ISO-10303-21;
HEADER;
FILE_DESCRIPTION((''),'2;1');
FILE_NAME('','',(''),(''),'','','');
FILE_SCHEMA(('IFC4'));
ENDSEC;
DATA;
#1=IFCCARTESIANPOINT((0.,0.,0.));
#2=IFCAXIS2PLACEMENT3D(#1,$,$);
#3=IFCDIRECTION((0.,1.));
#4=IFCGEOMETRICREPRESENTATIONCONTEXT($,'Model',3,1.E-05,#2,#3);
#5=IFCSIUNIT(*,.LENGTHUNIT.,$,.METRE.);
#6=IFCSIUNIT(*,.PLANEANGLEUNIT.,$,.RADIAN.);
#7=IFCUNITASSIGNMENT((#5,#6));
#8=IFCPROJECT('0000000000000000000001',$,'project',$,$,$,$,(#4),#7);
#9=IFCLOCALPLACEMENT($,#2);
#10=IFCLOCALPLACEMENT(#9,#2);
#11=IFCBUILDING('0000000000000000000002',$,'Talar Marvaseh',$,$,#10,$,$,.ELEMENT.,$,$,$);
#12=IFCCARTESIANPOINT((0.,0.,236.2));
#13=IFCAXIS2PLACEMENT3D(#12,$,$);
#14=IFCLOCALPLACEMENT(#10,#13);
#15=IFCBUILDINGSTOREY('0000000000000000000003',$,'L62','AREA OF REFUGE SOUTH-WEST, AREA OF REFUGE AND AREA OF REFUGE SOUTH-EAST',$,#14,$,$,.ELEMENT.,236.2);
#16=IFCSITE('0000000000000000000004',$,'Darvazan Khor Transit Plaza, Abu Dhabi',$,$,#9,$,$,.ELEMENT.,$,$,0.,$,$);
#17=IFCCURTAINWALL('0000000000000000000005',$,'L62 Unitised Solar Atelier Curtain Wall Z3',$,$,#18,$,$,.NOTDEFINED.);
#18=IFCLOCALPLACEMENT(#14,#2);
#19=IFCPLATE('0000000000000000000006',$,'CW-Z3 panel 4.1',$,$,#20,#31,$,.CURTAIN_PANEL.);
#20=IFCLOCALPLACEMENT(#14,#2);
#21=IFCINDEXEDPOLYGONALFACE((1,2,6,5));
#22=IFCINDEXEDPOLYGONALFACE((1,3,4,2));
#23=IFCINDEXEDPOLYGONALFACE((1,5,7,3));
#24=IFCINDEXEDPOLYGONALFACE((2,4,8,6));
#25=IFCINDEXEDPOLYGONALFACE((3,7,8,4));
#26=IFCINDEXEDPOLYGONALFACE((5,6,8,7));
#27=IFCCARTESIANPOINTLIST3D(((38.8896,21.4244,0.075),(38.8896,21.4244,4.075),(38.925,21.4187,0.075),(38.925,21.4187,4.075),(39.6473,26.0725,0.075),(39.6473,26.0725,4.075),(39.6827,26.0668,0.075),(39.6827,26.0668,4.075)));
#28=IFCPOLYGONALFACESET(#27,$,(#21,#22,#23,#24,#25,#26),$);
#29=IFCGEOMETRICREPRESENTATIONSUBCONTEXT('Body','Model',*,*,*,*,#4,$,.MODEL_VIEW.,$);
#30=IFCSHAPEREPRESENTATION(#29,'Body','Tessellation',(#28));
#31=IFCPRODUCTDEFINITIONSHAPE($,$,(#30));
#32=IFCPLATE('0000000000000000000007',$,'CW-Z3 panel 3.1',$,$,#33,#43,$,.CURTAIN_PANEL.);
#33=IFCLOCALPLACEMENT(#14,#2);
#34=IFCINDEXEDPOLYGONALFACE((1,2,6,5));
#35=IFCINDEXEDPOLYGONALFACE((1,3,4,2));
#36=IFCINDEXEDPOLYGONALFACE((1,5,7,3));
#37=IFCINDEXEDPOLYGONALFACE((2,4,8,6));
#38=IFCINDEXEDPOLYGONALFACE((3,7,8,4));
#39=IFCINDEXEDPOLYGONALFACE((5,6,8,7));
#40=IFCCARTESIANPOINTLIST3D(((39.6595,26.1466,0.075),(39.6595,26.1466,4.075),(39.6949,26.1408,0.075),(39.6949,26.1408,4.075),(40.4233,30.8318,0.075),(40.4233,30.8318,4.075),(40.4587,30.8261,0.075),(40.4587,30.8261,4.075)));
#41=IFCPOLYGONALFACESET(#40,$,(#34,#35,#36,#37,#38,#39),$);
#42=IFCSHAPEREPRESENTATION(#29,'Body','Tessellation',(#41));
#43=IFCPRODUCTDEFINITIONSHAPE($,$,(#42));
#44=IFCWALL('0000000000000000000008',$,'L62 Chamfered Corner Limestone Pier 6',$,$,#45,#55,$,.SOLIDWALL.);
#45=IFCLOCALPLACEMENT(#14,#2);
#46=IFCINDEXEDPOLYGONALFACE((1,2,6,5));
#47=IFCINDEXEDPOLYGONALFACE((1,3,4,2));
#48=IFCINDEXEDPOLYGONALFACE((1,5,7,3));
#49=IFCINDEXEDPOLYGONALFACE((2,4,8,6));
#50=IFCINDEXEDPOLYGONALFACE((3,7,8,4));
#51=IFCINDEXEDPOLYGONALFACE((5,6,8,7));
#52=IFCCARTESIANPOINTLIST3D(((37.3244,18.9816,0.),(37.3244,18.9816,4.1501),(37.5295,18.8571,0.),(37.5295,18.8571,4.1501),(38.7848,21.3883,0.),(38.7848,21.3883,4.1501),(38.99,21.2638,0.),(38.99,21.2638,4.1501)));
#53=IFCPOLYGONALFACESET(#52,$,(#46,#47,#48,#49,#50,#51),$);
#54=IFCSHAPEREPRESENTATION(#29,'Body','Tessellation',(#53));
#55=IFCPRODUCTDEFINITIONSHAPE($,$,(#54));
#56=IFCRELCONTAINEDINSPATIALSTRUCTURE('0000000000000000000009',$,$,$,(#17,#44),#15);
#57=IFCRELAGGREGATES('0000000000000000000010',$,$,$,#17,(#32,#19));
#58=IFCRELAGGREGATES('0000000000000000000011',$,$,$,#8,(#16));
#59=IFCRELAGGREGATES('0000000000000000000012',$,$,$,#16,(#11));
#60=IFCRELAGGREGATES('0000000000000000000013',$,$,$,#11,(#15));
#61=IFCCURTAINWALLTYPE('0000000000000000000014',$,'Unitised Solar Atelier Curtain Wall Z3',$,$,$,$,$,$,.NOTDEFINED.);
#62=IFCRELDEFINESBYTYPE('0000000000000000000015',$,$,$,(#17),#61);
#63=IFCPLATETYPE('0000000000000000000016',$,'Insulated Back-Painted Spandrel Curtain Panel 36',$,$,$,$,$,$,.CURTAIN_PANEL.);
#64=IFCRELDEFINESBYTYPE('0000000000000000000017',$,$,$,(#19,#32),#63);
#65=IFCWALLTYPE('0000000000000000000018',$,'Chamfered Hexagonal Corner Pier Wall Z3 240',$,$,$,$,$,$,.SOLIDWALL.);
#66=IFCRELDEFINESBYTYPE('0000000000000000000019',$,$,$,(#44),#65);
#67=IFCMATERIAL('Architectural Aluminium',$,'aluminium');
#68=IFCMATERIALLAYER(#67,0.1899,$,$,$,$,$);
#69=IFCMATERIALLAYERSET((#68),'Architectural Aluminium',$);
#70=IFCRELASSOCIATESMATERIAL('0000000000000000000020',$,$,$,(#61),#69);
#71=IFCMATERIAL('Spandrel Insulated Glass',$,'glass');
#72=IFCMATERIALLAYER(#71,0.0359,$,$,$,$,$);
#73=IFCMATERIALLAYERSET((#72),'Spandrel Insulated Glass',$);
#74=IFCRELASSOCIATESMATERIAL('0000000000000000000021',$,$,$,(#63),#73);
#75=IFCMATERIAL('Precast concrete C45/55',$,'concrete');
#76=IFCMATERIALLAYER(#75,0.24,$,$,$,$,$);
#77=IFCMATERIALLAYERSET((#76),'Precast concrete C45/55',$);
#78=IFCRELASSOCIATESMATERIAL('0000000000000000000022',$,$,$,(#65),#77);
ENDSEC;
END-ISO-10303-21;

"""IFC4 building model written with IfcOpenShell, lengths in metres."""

from ifc_helpers import new_model, si_unit, direction, frame, frame_2d, origin, origin_2d, place, context, subcontext, project, spatial, rectangle, extrude, source, transform, mapped, material, layer, layer_set, type_object, type_shapes, element, aggregate, save


model = new_model("IFC4")

# Units and contexts
model_context = context("Model", 3, precision=1e-05, world=origin(), true_north=direction((0.0, 1.0)))
body_context = subcontext(model_context, "Body", "Model", "MODEL_VIEW")
ifc_project = project(units=[si_unit("LENGTHUNIT", "METRE"), si_unit("PLANEANGLEUNIT", "RADIAN")], contexts=[model_context])

# Site, building, storey
site_placement = place(None, origin())
site = spatial("IfcSite", under=ifc_project, at=site_placement, Name="Darvazan Khor Transit Plaza, Abu Dhabi", CompositionType="ELEMENT", RefElevation=0.0)
building_placement = place(site_placement, origin())
building = spatial("IfcBuilding", under=site, at=building_placement, Name="Talar Marvaseh", CompositionType="ELEMENT")
storey_placement = place(building_placement, frame((0.0, 0.0, 236.2)))
storey = spatial("IfcBuildingStorey", under=building, at=storey_placement, Name="L62", Description="AREA OF REFUGE SOUTH-WEST, AREA OF REFUGE AND AREA OF REFUGE SOUTH-EAST", CompositionType="ELEMENT", Elevation=236.2)

# Curtain wall
ifc_material_1 = material(Name="Architectural Aluminium", Category="aluminium")
ifc_layer_1 = layer(ifc_material_1, 0.1899)
ifc_layer_set_1 = layer_set([ifc_layer_1], Name="Architectural Aluminium")
curtain_wall_type = type_object("IfcCurtainWallType", Name="Unitised Solar Atelier Curtain Wall Z3", PredefinedType="NOTDEFINED", material=ifc_layer_set_1)
curtain_wall_placement = place(storey_placement, origin())
curtain_wall = element("IfcCurtainWall", 1, at=curtain_wall_placement, inside=storey, type_object=curtain_wall_type, Name="L62 Unitised Solar Atelier Curtain Wall Z3", PredefinedType="NOTDEFINED")

# Plates
ifc_material_2 = material(Name="Spandrel Insulated Glass", Category="glass")
ifc_layer_2 = layer(ifc_material_2, 0.0359)
ifc_layer_set_2 = layer_set([ifc_layer_2], Name="Spandrel Insulated Glass")
plate_type_1 = type_object("IfcPlateType", Name="Insulated Back-Painted Spandrel Curtain Panel 36", PredefinedType="CURTAIN_PANEL", material=ifc_layer_set_2)
shared_shape_1 = source(origin(), body_context, "Body", "SweptSolid", [
    extrude(rectangle(XDim=4.7095, YDim=0.0359, at=origin_2d()), origin(), (0.0, 0.0, 1.0), 4.0),
])
plate_1_placement = place(storey_placement, frame((39.2861, 23.7456, 0.075), z_axis=(0.0, 0.0, 1.0), x_axis=(-0.160896, -0.986971, 0.0)))
plate_1 = element("IfcPlate", 2, at=plate_1_placement, type_object=plate_type_1, Name="CW-Z3 panel 4.1", PredefinedType="CURTAIN_PANEL", context=body_context, shape_type="MappedRepresentation", body=[
    mapped(shared_shape_1, transform((0.0, 0.0, 0.0), x_axis=(1.0, 0.0, 0.0), y_axis=(0.0, 1.0, 0.0), z_axis=(0.0, 0.0, 1.0), scale=1.0)),
])
shared_shape_2 = source(origin(), body_context, "Body", "SweptSolid", [
    extrude(rectangle(XDim=4.7471, YDim=0.0359, at=origin_2d()), origin(), (0.0, 0.0, 1.0), 4.0),
])
type_shapes(plate_type_1, [shared_shape_1, shared_shape_2])
plate_2_placement = place(storey_placement, frame((40.0591, 28.4863, 0.075), z_axis=(0.0, 0.0, 1.0), x_axis=(-0.160896, -0.986971, 0.0)))
plate_2 = element("IfcPlate", 3, at=plate_2_placement, type_object=plate_type_1, Name="CW-Z3 panel 3.1", PredefinedType="CURTAIN_PANEL", context=body_context, shape_type="MappedRepresentation", body=[
    mapped(shared_shape_2, transform((0.0, 0.0, 0.0), x_axis=(1.0, 0.0, 0.0), y_axis=(0.0, 1.0, 0.0), z_axis=(0.0, 0.0, 1.0), scale=1.0)),
])
aggregate(curtain_wall, [plate_2, plate_1])

# Wall
ifc_material_3 = material(Name="Precast concrete C45/55", Category="concrete")
ifc_layer_3 = layer(ifc_material_3, 0.24)
ifc_layer_set_3 = layer_set([ifc_layer_3], Name="Precast concrete C45/55")
wall_type = type_object("IfcWallType", Name="Chamfered Hexagonal Corner Pier Wall Z3 240", PredefinedType="SOLIDWALL", material=ifc_layer_set_3)
wall_placement = place(storey_placement, frame((38.8875, 21.3262, 0.0), z_axis=(0.0, 0.0, 1.0), x_axis=(-0.518774, -0.854911, 0.0)))
element("IfcWall", 4, at=wall_placement, inside=storey, type_object=wall_type, Name="L62 Chamfered Corner Limestone Pier 6", PredefinedType="SOLIDWALL", context=body_context, shape_type="SweptSolid", body=[
    extrude(rectangle(XDim=2.8152, YDim=0.24, at=frame_2d((1.4077, 0.0))), origin(), (0.0, 0.0, 1.0), 4.1501),
])

save(model, "model.ifc")
